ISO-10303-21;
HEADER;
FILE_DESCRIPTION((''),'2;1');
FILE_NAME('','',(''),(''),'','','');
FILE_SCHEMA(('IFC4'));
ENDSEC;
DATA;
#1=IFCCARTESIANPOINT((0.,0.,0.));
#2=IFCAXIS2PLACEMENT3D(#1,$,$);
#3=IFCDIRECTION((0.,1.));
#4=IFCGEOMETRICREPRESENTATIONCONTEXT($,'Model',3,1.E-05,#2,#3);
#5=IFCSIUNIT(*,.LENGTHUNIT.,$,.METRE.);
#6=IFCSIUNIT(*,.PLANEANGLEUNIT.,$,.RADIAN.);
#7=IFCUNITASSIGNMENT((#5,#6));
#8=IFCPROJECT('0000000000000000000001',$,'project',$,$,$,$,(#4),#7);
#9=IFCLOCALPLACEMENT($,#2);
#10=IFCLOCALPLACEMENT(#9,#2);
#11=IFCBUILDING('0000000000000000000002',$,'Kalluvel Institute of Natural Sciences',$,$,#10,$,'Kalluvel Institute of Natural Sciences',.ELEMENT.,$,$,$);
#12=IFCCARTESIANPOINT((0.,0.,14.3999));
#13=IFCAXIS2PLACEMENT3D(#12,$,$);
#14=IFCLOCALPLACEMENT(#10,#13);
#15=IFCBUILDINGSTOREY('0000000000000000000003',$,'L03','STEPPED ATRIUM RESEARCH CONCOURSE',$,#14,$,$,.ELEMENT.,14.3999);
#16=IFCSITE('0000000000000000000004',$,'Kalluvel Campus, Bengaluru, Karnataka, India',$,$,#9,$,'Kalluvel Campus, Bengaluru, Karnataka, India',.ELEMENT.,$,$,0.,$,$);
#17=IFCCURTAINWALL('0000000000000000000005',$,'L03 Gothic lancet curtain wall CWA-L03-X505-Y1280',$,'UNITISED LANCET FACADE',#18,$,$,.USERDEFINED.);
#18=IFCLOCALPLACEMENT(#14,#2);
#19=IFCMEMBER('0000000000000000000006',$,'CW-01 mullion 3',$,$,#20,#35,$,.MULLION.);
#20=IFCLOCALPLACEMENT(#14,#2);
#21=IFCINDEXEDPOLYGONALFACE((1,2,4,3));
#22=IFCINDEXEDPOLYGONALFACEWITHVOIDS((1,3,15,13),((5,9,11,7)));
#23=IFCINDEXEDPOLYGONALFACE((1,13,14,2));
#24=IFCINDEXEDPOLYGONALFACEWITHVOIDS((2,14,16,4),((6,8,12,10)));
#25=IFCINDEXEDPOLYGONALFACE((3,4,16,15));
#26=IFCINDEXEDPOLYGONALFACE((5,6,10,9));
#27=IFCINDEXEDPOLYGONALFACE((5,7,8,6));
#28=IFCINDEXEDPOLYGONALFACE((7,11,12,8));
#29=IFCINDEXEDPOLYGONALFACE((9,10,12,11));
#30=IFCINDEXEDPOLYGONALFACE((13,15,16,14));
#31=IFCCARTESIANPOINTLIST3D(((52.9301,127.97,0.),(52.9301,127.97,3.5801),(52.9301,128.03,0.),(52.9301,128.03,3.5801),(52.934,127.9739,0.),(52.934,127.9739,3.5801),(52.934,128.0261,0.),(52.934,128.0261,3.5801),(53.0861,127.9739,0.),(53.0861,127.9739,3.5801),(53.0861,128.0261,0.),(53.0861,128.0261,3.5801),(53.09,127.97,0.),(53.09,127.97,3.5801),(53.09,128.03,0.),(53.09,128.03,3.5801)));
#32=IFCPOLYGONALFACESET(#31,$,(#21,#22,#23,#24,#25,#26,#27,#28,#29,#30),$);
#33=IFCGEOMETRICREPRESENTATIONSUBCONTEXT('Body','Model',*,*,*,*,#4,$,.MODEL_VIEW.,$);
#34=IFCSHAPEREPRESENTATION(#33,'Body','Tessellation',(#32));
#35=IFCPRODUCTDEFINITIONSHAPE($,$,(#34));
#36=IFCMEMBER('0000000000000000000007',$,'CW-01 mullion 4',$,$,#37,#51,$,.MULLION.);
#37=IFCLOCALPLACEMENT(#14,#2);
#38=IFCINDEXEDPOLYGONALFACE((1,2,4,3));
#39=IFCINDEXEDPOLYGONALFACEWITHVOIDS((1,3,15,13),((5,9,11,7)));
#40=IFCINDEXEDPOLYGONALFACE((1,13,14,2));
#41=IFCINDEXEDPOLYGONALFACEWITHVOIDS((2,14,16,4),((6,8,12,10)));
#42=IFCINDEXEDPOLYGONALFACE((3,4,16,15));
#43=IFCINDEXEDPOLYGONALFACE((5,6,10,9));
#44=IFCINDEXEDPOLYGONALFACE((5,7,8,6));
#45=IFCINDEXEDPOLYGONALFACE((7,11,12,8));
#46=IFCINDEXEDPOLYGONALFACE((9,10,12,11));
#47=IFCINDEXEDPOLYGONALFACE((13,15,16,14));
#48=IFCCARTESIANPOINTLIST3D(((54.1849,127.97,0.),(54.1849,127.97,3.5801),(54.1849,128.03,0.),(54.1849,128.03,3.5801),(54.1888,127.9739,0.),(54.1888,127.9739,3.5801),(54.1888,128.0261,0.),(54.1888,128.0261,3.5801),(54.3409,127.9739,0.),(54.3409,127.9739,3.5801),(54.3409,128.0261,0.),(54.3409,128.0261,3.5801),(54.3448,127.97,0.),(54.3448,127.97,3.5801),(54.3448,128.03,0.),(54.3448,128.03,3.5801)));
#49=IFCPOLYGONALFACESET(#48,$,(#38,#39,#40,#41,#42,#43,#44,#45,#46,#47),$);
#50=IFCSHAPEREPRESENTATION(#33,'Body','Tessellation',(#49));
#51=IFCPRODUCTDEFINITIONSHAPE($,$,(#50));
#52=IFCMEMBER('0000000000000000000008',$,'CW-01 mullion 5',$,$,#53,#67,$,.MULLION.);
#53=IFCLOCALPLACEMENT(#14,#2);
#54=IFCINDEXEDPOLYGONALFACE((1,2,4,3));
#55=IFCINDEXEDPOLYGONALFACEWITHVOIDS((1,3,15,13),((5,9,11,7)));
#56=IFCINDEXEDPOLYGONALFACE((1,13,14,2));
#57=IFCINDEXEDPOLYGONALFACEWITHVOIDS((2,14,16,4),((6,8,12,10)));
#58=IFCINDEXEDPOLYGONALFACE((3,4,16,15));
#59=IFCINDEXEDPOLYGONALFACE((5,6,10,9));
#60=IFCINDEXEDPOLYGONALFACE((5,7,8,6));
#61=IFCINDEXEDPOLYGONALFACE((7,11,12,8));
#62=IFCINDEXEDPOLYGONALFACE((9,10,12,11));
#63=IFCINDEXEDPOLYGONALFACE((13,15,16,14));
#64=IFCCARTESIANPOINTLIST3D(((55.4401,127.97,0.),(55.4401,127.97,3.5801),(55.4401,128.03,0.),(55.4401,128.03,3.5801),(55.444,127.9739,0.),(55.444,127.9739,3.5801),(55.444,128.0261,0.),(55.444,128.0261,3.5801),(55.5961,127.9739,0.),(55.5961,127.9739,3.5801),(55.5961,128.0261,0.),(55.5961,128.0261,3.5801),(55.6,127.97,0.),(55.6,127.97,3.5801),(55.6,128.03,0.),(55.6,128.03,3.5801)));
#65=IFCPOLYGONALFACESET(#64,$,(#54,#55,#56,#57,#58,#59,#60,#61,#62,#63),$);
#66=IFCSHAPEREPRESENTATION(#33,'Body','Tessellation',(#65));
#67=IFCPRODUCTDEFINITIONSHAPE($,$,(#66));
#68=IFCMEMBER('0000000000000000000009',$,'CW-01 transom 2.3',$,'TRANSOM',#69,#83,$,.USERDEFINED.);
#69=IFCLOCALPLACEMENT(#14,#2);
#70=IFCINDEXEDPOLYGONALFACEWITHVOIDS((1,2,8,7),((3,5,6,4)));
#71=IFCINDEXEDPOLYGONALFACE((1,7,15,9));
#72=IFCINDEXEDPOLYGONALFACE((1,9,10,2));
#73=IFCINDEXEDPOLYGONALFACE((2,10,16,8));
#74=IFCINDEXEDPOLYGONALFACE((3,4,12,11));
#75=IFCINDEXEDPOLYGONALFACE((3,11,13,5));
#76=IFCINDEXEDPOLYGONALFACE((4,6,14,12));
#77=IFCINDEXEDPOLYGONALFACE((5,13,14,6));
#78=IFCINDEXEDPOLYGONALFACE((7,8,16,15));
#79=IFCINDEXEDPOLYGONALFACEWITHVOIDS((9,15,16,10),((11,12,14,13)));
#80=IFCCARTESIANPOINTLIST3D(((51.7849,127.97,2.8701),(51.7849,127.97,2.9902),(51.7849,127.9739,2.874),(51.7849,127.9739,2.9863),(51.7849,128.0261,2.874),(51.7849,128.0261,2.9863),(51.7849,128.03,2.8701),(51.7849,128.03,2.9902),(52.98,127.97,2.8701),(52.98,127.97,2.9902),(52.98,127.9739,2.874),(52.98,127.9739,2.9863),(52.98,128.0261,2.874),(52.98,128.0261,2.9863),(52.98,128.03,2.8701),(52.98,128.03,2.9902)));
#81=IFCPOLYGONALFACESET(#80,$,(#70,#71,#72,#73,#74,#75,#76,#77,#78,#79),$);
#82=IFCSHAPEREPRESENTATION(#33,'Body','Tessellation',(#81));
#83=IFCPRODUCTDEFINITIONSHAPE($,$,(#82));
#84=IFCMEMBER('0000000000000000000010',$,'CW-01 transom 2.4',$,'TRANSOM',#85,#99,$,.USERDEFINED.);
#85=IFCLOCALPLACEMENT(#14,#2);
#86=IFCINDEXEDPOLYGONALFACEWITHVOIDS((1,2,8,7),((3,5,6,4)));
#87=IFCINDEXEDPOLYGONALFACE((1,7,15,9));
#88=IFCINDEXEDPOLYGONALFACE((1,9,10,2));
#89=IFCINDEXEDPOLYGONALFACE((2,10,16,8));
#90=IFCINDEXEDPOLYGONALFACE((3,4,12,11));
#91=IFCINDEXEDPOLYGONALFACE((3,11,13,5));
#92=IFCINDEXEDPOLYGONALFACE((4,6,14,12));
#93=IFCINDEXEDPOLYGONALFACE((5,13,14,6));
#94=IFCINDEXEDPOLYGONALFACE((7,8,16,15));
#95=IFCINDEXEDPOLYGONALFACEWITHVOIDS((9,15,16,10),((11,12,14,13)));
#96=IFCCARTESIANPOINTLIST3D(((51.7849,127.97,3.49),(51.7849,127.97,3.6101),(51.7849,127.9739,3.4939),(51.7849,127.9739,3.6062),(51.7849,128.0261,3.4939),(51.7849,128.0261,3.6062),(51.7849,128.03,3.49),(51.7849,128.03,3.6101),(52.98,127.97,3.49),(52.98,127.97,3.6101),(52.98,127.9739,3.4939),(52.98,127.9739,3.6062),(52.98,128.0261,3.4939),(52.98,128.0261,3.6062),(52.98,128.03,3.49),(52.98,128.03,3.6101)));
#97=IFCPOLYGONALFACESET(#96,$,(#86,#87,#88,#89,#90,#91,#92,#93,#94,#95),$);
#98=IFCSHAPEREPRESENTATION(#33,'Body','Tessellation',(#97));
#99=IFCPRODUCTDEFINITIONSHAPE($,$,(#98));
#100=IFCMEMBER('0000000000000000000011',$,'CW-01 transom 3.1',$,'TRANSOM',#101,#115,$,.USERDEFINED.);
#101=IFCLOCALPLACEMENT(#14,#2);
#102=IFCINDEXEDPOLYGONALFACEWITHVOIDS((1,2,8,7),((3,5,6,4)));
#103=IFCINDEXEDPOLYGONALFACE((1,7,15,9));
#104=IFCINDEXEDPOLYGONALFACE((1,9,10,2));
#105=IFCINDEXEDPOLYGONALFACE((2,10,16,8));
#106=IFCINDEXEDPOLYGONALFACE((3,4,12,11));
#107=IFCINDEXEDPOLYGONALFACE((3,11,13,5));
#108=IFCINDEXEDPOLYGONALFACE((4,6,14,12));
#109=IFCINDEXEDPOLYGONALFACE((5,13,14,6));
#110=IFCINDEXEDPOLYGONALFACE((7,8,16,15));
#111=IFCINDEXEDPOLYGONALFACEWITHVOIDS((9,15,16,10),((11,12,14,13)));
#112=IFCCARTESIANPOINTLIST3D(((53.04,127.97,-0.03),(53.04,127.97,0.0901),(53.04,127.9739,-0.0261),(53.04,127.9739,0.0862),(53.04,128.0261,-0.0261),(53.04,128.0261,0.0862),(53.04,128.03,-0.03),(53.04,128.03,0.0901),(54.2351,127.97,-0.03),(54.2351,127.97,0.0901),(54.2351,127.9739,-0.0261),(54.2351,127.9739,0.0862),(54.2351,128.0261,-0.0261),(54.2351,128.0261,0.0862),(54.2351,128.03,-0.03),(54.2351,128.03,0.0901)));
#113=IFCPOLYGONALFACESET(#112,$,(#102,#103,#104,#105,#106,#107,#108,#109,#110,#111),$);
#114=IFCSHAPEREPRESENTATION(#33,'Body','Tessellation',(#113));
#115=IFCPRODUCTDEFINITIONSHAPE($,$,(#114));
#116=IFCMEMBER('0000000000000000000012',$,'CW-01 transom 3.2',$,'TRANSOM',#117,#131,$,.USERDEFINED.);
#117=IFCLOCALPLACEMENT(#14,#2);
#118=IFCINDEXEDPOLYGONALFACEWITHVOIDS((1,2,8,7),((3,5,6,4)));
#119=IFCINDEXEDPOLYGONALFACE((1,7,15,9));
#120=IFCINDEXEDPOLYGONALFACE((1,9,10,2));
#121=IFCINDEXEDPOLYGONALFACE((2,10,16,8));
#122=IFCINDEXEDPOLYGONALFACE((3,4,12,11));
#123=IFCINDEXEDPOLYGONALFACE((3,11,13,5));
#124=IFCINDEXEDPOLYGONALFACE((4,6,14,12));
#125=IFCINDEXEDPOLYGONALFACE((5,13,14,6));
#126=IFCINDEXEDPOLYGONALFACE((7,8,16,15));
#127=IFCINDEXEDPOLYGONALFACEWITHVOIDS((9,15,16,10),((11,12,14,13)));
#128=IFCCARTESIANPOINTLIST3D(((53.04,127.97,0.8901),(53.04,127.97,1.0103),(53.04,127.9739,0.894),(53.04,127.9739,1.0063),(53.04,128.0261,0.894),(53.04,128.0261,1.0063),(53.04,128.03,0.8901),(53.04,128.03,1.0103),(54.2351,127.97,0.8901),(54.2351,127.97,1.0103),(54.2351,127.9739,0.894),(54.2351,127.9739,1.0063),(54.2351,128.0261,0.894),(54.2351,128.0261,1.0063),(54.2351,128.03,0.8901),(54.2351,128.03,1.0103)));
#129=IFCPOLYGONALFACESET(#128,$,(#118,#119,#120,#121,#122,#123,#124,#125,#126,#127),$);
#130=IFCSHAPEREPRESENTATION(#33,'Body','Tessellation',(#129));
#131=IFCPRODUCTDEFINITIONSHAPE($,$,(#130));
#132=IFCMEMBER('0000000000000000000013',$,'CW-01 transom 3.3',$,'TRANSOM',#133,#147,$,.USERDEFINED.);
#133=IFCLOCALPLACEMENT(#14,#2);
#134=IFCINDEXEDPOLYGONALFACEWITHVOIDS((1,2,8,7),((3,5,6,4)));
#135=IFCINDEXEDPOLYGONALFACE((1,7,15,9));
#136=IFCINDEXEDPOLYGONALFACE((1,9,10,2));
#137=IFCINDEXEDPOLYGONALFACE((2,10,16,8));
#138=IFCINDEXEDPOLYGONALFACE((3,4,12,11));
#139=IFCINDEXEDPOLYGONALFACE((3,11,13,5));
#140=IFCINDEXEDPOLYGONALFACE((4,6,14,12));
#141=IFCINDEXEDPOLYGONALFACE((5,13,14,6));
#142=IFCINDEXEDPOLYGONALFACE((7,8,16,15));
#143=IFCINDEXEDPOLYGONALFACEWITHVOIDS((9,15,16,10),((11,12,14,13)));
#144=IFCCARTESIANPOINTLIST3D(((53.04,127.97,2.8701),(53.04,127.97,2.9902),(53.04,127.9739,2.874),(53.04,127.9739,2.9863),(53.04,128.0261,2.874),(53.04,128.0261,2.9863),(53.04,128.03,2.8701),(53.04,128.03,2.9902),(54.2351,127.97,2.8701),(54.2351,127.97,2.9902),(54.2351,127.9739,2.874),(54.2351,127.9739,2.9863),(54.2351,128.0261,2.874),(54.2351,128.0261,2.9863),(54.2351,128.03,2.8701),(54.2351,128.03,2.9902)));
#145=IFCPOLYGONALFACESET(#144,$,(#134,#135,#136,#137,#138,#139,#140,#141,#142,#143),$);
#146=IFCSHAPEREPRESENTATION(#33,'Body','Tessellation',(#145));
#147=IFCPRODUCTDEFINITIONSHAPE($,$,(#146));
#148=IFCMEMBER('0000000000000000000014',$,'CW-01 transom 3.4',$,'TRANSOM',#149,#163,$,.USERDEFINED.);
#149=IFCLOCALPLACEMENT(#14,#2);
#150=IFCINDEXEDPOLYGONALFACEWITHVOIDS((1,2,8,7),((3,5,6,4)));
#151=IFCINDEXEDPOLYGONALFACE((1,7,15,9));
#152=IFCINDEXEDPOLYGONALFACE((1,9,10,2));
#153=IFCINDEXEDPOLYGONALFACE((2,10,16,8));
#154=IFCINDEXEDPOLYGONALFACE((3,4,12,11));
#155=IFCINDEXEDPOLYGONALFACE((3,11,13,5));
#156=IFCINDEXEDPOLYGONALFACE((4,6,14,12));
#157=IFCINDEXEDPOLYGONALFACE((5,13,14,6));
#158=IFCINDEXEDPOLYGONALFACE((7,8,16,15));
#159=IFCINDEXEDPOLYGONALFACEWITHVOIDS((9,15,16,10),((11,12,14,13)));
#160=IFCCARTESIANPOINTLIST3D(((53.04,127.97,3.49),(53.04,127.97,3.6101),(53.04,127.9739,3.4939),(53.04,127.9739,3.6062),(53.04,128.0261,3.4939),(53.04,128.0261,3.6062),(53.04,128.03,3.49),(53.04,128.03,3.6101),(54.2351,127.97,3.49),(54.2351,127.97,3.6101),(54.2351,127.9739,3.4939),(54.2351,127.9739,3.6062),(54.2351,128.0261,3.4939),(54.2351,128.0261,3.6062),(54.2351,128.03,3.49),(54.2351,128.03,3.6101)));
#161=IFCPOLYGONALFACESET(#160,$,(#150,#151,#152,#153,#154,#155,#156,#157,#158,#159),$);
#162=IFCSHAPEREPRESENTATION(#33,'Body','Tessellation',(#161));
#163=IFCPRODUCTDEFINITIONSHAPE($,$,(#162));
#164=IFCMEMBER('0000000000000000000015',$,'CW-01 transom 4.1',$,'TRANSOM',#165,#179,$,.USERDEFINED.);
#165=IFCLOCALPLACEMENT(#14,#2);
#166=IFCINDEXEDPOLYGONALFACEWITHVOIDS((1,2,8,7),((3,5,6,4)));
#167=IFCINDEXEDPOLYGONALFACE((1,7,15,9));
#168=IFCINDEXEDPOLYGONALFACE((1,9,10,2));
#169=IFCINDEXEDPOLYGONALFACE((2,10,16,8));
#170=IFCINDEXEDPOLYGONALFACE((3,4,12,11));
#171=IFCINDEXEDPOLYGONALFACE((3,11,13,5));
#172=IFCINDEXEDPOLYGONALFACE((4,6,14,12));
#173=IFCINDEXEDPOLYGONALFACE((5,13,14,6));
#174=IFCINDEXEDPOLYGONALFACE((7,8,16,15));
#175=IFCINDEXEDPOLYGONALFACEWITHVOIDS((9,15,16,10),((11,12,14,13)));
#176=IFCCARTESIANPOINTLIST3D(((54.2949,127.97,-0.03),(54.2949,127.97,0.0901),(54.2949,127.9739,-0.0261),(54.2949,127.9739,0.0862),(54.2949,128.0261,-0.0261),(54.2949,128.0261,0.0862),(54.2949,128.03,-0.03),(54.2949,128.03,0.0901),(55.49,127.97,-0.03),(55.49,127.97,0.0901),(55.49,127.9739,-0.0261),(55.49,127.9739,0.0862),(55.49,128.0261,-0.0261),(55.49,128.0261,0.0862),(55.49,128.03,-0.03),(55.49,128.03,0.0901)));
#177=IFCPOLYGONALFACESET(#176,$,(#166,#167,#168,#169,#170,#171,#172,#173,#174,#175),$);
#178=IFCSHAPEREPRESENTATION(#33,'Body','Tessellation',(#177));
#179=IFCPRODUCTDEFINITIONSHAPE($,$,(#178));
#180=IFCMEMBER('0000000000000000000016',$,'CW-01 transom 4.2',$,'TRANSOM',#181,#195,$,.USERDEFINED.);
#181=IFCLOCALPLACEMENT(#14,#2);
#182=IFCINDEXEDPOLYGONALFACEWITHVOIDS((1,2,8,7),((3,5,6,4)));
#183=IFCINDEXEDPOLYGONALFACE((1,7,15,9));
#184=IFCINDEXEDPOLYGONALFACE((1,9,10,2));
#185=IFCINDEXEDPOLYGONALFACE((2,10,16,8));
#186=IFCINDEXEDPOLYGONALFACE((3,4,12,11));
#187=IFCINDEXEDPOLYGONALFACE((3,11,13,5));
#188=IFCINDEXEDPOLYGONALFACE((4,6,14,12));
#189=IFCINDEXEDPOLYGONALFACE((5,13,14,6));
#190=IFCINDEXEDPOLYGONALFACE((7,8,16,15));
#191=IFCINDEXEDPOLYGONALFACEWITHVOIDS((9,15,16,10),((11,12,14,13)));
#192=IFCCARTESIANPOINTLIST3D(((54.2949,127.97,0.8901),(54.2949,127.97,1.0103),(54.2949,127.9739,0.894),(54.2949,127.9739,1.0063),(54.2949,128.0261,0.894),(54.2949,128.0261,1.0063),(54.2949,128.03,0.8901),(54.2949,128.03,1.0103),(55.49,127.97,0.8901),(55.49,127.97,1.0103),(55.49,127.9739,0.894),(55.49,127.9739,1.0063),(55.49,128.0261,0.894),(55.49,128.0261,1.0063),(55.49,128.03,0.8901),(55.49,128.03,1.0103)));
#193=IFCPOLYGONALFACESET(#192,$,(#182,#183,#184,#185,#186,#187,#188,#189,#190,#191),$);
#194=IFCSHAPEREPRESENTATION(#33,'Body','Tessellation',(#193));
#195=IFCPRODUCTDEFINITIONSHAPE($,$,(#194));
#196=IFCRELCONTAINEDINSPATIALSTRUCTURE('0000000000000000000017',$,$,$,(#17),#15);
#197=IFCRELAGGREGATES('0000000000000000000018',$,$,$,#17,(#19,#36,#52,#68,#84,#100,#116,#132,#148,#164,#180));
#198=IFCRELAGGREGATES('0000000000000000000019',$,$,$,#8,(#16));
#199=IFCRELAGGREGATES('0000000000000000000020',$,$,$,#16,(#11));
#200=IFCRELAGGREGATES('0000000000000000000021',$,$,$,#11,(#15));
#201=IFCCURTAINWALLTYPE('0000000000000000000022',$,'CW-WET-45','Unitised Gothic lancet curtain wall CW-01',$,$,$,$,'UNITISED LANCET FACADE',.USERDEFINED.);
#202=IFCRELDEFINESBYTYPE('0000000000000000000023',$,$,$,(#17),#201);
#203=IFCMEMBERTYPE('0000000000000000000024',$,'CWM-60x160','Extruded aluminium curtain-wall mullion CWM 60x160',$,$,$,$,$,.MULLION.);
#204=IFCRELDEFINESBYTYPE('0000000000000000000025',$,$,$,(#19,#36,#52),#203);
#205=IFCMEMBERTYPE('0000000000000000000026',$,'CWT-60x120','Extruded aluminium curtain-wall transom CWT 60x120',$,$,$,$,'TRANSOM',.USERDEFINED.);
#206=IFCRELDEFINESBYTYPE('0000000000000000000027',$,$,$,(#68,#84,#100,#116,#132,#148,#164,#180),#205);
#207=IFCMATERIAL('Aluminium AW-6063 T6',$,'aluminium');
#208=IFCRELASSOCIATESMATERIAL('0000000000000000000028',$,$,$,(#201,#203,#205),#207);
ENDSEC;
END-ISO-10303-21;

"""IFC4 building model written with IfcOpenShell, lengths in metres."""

from ifc_helpers import new_model, si_unit, direction, frame, origin, origin_2d, place, context, subcontext, project, spatial, hollow_rectangle, extrude, material, material_profile, profile_set, type_object, element, aggregate, save


model = new_model("IFC4")

# Units and contexts
model_context = context("Model", 3, precision=1e-05, world=origin(), true_north=direction((0.0, 1.0)))
body_context = subcontext(model_context, "Body", "Model", "MODEL_VIEW")
ifc_project = project(units=[si_unit("LENGTHUNIT", "METRE"), si_unit("PLANEANGLEUNIT", "RADIAN")], contexts=[model_context])

# Site, building, storey
site_placement = place(None, origin())
site = spatial("IfcSite", under=ifc_project, at=site_placement, Name="Kalluvel Campus, Bengaluru, Karnataka, India", LongName="Kalluvel Campus, Bengaluru, Karnataka, India", CompositionType="ELEMENT", RefElevation=0.0)
building_placement = place(site_placement, origin())
building = spatial("IfcBuilding", under=site, at=building_placement, Name="Kalluvel Institute of Natural Sciences", LongName="Kalluvel Institute of Natural Sciences", CompositionType="ELEMENT")
storey_placement = place(building_placement, frame((0.0, 0.0, 14.3999)))
storey = spatial("IfcBuildingStorey", under=building, at=storey_placement, Name="L03", Description="STEPPED ATRIUM RESEARCH CONCOURSE", CompositionType="ELEMENT", Elevation=14.3999)

# Curtain wall, members
ifc_material_1 = material(Name="Aluminium AW-6063 T6", Category="aluminium")
curtain_wall_type = type_object("IfcCurtainWallType", Name="CW-WET-45", Description="Unitised Gothic lancet curtain wall CW-01", ElementType="UNITISED LANCET FACADE", PredefinedType="USERDEFINED", material=ifc_material_1)
curtain_wall_placement = place(storey_placement, origin())
curtain_wall = element("IfcCurtainWall", 1, at=curtain_wall_placement, inside=storey, type_object=curtain_wall_type, Name="L03 Gothic lancet curtain wall CWA-L03-X505-Y1280", ObjectType="UNITISED LANCET FACADE", PredefinedType="USERDEFINED")
ifc_material_profile_1 = material_profile(ifc_material_1, hollow_rectangle(XDim=0.0601, YDim=0.1599, WallThickness=0.0039, at=origin_2d()), Name="CWM 60x160")
ifc_profile_set_1 = profile_set([ifc_material_profile_1], Name="Aluminium AW-6063 T6")
member_type_1 = type_object("IfcMemberType", Name="CWM-60x160", Description="Extruded aluminium curtain-wall mullion CWM 60x160", PredefinedType="MULLION", material=ifc_profile_set_1)
member_1_placement = place(storey_placement, frame((53.01, 128.0, 0.0), z_axis=(0.0, 0.0, 1.0), x_axis=(0.0, 1.0, 0.0)))
member_1 = element("IfcMember", 2, at=member_1_placement, type_object=member_type_1, Name="CW-01 mullion 3", PredefinedType="MULLION", context=body_context, shape_type="SweptSolid", body=[
    extrude(hollow_rectangle(XDim=0.0601, YDim=0.1599, WallThickness=0.0039, at=origin_2d()), origin(), (0.0, 0.0, 1.0), 3.5801),
])
member_2_placement = place(storey_placement, frame((54.2649, 128.0, 0.0), z_axis=(0.0, 0.0, 1.0), x_axis=(0.0, 1.0, 0.0)))
member_2 = element("IfcMember", 3, at=member_2_placement, type_object=member_type_1, Name="CW-01 mullion 4", PredefinedType="MULLION", context=body_context, shape_type="SweptSolid", body=[
    extrude(hollow_rectangle(XDim=0.0601, YDim=0.1599, WallThickness=0.0039, at=origin_2d()), origin(), (0.0, 0.0, 1.0), 3.5801),
])
member_3_placement = place(storey_placement, frame((55.52, 128.0, 0.0), z_axis=(0.0, 0.0, 1.0), x_axis=(0.0, 1.0, 0.0)))
member_3 = element("IfcMember", 4, at=member_3_placement, type_object=member_type_1, Name="CW-01 mullion 5", PredefinedType="MULLION", context=body_context, shape_type="SweptSolid", body=[
    extrude(hollow_rectangle(XDim=0.0601, YDim=0.1599, WallThickness=0.0039, at=origin_2d()), origin(), (0.0, 0.0, 1.0), 3.5801),
])
ifc_material_profile_2 = material_profile(ifc_material_1, hollow_rectangle(XDim=0.0601, YDim=0.1201, WallThickness=0.0039, at=origin_2d()), Name="CWT 60x120")
ifc_profile_set_2 = profile_set([ifc_material_profile_2], Name="Aluminium AW-6063 T6")
member_type_2 = type_object("IfcMemberType", Name="CWT-60x120", Description="Extruded aluminium curtain-wall transom CWT 60x120", ElementType="TRANSOM", PredefinedType="USERDEFINED", material=ifc_profile_set_2)
member_4_placement = place(storey_placement, frame((51.7849, 128.0, 2.9302), z_axis=(1.0, 0.0, 0.0), x_axis=(0.0, 1.0, 0.0)))
member_4 = element("IfcMember", 5, at=member_4_placement, type_object=member_type_2, Name="CW-01 transom 2.3", ObjectType="TRANSOM", PredefinedType="USERDEFINED", context=body_context, shape_type="SweptSolid", body=[
    extrude(hollow_rectangle(XDim=0.0601, YDim=0.1201, WallThickness=0.0039, at=origin_2d()), origin(), (0.0, 0.0, 1.0), 1.1951),
])
member_5_placement = place(storey_placement, frame((51.7849, 128.0, 3.55), z_axis=(1.0, 0.0, 0.0), x_axis=(0.0, 1.0, 0.0)))
member_5 = element("IfcMember", 6, at=member_5_placement, type_object=member_type_2, Name="CW-01 transom 2.4", ObjectType="TRANSOM", PredefinedType="USERDEFINED", context=body_context, shape_type="SweptSolid", body=[
    extrude(hollow_rectangle(XDim=0.0601, YDim=0.1201, WallThickness=0.0039, at=origin_2d()), origin(), (0.0, 0.0, 1.0), 1.1951),
])
member_6_placement = place(storey_placement, frame((53.04, 128.0, 0.03), z_axis=(1.0, 0.0, 0.0), x_axis=(0.0, 1.0, 0.0)))
member_6 = element("IfcMember", 7, at=member_6_placement, type_object=member_type_2, Name="CW-01 transom 3.1", ObjectType="TRANSOM", PredefinedType="USERDEFINED", context=body_context, shape_type="SweptSolid", body=[
    extrude(hollow_rectangle(XDim=0.0601, YDim=0.1201, WallThickness=0.0039, at=origin_2d()), origin(), (0.0, 0.0, 1.0), 1.1951),
])
member_7_placement = place(storey_placement, frame((53.04, 128.0, 0.9502), z_axis=(1.0, 0.0, 0.0), x_axis=(0.0, 1.0, 0.0)))
member_7 = element("IfcMember", 8, at=member_7_placement, type_object=member_type_2, Name="CW-01 transom 3.2", ObjectType="TRANSOM", PredefinedType="USERDEFINED", context=body_context, shape_type="SweptSolid", body=[
    extrude(hollow_rectangle(XDim=0.0601, YDim=0.1201, WallThickness=0.0039, at=origin_2d()), origin(), (0.0, 0.0, 1.0), 1.1951),
])
member_8_placement = place(storey_placement, frame((53.04, 128.0, 2.9302), z_axis=(1.0, 0.0, 0.0), x_axis=(0.0, 1.0, 0.0)))
member_8 = element("IfcMember", 9, at=member_8_placement, type_object=member_type_2, Name="CW-01 transom 3.3", ObjectType="TRANSOM", PredefinedType="USERDEFINED", context=body_context, shape_type="SweptSolid", body=[
    extrude(hollow_rectangle(XDim=0.0601, YDim=0.1201, WallThickness=0.0039, at=origin_2d()), origin(), (0.0, 0.0, 1.0), 1.1951),
])
member_9_placement = place(storey_placement, frame((53.04, 128.0, 3.55), z_axis=(1.0, 0.0, 0.0), x_axis=(0.0, 1.0, 0.0)))
member_9 = element("IfcMember", 10, at=member_9_placement, type_object=member_type_2, Name="CW-01 transom 3.4", ObjectType="TRANSOM", PredefinedType="USERDEFINED", context=body_context, shape_type="SweptSolid", body=[
    extrude(hollow_rectangle(XDim=0.0601, YDim=0.1201, WallThickness=0.0039, at=origin_2d()), origin(), (0.0, 0.0, 1.0), 1.1951),
])
member_10_placement = place(storey_placement, frame((54.2949, 128.0, 0.03), z_axis=(1.0, 0.0, 0.0), x_axis=(0.0, 1.0, 0.0)))
member_10 = element("IfcMember", 11, at=member_10_placement, type_object=member_type_2, Name="CW-01 transom 4.1", ObjectType="TRANSOM", PredefinedType="USERDEFINED", context=body_context, shape_type="SweptSolid", body=[
    extrude(hollow_rectangle(XDim=0.0601, YDim=0.1201, WallThickness=0.0039, at=origin_2d()), origin(), (0.0, 0.0, 1.0), 1.1951),
])
member_11_placement = place(storey_placement, frame((54.2949, 128.0, 0.9502), z_axis=(1.0, 0.0, 0.0), x_axis=(0.0, 1.0, 0.0)))
member_11 = element("IfcMember", 12, at=member_11_placement, type_object=member_type_2, Name="CW-01 transom 4.2", ObjectType="TRANSOM", PredefinedType="USERDEFINED", context=body_context, shape_type="SweptSolid", body=[
    extrude(hollow_rectangle(XDim=0.0601, YDim=0.1201, WallThickness=0.0039, at=origin_2d()), origin(), (0.0, 0.0, 1.0), 1.1951),
])
aggregate(curtain_wall, [member_1, member_2, member_3, member_4, member_5, member_6, member_7, member_8, member_9, member_10, member_11])

save(model, "model.ifc")
